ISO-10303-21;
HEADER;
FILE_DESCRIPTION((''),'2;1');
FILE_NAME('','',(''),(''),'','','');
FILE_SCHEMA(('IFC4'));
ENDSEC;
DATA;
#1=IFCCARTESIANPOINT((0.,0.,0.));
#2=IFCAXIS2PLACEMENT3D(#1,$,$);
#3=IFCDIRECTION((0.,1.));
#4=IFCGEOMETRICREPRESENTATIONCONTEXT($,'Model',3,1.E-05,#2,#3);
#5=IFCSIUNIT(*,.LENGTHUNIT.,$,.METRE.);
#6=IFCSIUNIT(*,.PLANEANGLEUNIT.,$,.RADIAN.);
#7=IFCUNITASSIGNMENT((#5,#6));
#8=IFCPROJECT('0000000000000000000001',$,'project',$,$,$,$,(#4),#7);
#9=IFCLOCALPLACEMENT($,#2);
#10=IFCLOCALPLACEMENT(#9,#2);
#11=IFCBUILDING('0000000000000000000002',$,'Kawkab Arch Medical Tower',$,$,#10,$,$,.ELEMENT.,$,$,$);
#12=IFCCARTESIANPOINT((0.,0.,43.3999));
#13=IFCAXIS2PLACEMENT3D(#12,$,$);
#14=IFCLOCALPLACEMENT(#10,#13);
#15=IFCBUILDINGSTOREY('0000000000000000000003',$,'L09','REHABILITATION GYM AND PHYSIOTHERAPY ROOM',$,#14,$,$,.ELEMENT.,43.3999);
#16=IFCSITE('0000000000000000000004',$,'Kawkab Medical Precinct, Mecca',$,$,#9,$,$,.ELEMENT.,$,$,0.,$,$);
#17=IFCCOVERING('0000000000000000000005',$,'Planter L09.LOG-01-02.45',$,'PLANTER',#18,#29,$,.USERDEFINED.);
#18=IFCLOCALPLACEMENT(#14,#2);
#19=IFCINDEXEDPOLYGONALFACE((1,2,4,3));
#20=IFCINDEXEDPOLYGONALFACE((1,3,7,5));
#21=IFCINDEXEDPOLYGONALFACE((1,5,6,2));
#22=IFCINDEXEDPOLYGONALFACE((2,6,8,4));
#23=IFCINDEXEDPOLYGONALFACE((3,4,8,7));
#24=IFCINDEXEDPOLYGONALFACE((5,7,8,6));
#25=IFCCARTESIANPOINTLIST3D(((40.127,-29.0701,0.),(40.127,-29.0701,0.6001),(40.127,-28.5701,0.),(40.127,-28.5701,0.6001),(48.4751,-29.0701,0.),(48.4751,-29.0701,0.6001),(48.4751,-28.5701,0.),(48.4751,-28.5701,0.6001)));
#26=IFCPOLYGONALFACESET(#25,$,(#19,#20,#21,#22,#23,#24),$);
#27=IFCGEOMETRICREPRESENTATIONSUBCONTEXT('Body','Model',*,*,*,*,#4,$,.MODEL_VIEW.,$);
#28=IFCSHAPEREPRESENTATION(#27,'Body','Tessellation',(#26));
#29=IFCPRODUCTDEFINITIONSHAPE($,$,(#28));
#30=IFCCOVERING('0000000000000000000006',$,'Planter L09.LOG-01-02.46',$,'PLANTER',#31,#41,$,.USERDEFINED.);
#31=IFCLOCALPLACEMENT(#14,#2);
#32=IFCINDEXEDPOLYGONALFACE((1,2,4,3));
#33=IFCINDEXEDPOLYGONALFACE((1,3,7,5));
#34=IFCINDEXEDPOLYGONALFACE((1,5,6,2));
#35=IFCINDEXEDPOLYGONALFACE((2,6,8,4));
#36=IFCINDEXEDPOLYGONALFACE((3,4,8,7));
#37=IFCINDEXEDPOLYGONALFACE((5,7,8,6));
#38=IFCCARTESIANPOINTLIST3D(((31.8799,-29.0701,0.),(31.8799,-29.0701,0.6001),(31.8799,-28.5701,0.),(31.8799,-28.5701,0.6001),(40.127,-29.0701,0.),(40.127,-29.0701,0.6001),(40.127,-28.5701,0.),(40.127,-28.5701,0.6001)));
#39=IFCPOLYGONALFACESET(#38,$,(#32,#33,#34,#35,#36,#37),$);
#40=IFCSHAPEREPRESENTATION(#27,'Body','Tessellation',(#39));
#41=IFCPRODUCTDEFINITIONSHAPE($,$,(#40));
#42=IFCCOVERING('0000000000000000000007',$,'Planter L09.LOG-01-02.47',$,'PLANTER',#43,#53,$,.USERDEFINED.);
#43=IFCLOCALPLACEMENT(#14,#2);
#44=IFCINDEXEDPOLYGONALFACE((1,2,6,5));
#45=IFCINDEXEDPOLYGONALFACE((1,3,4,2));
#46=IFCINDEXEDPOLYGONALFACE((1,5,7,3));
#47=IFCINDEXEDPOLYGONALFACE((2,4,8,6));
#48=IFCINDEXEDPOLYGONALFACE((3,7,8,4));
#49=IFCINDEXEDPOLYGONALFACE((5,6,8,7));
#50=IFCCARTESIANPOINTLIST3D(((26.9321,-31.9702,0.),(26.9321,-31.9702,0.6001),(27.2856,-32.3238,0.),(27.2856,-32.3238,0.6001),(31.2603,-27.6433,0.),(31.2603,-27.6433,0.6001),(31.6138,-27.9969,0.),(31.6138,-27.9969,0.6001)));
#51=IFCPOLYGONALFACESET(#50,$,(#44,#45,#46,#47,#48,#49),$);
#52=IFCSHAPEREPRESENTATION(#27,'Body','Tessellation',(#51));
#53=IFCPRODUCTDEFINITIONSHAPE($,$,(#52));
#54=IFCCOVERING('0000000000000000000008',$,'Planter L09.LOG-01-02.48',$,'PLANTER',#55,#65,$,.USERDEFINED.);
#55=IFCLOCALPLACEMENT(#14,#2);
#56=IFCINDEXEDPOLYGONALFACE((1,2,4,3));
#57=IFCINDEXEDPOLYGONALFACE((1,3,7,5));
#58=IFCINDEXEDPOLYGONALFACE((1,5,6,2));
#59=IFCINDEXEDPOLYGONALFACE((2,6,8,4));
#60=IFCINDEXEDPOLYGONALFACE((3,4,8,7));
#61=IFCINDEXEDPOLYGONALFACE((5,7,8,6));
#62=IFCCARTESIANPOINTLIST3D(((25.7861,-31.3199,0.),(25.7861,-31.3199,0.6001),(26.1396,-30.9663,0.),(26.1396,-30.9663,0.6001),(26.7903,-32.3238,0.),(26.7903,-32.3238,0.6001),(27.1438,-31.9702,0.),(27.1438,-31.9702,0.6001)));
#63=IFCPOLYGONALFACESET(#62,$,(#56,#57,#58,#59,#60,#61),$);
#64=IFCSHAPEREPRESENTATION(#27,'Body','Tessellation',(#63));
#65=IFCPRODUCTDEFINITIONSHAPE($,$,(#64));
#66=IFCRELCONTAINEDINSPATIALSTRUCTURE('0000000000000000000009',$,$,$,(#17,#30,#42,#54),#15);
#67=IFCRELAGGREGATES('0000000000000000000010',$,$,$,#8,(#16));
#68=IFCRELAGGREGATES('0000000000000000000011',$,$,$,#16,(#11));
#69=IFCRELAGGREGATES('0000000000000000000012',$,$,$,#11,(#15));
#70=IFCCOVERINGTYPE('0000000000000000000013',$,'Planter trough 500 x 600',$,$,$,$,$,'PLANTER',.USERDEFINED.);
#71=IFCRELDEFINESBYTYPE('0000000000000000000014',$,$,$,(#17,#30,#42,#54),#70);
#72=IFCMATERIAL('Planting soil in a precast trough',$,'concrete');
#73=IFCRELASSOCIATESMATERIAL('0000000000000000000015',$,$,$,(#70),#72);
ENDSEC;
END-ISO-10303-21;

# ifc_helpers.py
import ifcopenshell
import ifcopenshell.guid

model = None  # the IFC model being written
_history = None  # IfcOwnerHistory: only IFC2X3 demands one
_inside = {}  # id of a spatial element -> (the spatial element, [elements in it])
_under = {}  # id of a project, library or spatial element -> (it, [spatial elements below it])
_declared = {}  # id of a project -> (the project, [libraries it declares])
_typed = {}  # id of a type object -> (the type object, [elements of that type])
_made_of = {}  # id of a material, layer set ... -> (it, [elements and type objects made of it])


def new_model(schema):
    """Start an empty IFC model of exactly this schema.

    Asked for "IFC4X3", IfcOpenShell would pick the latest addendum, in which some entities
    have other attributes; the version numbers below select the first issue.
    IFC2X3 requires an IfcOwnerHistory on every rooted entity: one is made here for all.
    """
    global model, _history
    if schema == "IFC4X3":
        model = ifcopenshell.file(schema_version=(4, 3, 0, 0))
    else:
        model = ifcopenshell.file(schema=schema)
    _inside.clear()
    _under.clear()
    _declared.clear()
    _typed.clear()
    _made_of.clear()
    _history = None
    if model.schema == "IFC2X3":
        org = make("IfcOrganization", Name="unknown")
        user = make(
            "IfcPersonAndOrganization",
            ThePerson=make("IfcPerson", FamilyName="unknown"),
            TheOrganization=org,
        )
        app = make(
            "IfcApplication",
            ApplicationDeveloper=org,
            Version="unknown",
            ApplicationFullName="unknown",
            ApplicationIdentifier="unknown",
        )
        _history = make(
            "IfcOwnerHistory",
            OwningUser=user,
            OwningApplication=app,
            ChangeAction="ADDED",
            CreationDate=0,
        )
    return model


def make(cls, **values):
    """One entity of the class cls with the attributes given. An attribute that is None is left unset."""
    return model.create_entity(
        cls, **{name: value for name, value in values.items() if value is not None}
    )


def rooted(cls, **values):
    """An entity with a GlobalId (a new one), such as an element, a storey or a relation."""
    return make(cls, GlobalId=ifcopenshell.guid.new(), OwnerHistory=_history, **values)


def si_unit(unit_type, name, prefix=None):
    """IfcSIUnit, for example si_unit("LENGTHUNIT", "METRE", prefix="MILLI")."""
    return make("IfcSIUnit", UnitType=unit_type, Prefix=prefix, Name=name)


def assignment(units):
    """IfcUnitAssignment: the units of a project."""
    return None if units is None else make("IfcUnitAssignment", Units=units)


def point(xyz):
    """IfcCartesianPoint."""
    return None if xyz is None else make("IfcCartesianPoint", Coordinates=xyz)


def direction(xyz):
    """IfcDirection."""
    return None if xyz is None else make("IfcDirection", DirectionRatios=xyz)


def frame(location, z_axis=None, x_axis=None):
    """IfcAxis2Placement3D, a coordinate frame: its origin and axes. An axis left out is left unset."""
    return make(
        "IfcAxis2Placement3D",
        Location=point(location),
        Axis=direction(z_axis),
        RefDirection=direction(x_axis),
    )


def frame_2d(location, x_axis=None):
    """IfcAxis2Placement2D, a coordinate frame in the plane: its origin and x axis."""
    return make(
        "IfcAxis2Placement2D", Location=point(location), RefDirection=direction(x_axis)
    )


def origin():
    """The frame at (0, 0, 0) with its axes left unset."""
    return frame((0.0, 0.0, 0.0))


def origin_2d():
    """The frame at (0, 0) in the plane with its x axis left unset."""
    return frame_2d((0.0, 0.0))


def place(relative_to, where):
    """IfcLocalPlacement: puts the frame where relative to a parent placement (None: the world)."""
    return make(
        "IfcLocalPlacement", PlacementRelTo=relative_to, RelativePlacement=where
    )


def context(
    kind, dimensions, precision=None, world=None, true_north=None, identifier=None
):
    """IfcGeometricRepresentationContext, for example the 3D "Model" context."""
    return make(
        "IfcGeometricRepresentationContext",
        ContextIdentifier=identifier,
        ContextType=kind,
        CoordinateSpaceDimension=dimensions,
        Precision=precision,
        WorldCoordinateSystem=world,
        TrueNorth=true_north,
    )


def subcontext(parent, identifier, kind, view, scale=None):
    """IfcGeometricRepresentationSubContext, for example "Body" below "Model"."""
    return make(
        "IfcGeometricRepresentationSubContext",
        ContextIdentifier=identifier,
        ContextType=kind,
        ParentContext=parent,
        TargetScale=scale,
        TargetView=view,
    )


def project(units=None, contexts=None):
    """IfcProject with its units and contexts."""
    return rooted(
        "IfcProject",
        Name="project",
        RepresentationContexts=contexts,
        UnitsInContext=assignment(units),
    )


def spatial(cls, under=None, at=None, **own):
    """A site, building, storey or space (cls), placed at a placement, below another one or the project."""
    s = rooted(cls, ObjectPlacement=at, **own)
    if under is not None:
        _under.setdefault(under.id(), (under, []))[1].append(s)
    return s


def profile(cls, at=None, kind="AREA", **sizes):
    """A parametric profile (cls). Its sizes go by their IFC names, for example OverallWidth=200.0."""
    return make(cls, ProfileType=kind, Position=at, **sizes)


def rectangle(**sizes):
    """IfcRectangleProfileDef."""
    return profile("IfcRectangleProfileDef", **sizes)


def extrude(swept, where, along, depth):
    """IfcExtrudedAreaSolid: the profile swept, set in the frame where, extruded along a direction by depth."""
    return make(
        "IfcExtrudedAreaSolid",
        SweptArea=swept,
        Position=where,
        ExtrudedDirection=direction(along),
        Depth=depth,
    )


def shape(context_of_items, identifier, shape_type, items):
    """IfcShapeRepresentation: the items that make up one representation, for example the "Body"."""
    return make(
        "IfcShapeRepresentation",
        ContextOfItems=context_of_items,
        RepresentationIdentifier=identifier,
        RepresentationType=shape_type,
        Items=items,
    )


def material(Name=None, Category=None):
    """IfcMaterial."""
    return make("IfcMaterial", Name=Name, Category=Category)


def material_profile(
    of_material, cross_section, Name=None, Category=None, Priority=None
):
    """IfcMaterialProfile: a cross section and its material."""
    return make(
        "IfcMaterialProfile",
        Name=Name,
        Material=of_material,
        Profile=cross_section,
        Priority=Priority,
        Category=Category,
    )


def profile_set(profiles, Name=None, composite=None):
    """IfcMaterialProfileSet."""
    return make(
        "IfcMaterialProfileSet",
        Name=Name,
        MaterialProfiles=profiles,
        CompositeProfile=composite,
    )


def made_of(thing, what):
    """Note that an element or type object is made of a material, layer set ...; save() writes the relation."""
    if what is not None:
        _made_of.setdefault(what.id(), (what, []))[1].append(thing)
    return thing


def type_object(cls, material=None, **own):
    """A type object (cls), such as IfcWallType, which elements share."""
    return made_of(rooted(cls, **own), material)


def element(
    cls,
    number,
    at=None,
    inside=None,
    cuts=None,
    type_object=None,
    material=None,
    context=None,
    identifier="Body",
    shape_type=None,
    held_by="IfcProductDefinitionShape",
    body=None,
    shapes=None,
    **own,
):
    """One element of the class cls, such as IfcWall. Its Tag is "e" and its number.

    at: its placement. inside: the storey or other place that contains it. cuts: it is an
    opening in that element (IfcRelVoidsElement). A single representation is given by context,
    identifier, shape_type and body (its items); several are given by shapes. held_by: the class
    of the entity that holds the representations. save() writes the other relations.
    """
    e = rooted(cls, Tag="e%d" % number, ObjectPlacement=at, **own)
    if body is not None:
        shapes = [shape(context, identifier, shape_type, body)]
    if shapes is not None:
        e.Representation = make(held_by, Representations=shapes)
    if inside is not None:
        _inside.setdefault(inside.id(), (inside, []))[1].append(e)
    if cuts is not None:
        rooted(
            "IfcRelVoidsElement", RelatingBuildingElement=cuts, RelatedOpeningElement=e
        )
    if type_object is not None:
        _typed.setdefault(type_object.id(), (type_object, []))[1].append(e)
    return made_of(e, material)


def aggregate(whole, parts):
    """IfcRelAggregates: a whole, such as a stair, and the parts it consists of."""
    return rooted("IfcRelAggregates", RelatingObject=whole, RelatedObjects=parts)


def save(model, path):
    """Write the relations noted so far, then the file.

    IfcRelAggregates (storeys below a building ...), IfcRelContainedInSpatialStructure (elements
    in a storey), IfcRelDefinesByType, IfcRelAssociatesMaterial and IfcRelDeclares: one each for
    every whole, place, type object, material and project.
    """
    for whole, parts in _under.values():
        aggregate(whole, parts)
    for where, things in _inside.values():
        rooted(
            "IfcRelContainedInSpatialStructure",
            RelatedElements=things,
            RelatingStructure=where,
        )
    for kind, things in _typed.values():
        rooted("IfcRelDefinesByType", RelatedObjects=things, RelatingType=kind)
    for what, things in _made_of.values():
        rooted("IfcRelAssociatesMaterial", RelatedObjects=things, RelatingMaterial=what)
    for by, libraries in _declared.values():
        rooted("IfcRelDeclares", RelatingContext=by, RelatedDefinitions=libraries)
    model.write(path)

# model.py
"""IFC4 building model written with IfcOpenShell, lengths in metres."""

from ifc_helpers import new_model, si_unit, direction, frame, origin, origin_2d, place, context, subcontext, project, spatial, rectangle, extrude, material, material_profile, profile_set, type_object, element, save


model = new_model("IFC4")

# Units and contexts
model_context = context("Model", 3, precision=1e-05, world=origin(), true_north=direction((0.0, 1.0)))
body_context = subcontext(model_context, "Body", "Model", "MODEL_VIEW")
ifc_project = project(units=[si_unit("LENGTHUNIT", "METRE"), si_unit("PLANEANGLEUNIT", "RADIAN")], contexts=[model_context])

# Site, building, storey
site_placement = place(None, origin())
site = spatial("IfcSite", under=ifc_project, at=site_placement, Name="Kawkab Medical Precinct, Mecca", CompositionType="ELEMENT", RefElevation=0.0)
building_placement = place(site_placement, origin())
building = spatial("IfcBuilding", under=site, at=building_placement, Name="Kawkab Arch Medical Tower", CompositionType="ELEMENT")
storey_placement = place(building_placement, frame((0.0, 0.0, 43.3999)))
storey = spatial("IfcBuildingStorey", under=building, at=storey_placement, Name="L09", Description="REHABILITATION GYM AND PHYSIOTHERAPY ROOM", CompositionType="ELEMENT", Elevation=43.3999)

# Coverings
ifc_material_1 = material(Name="Planting soil in a precast trough", Category="concrete")
ifc_material_profile_1 = material_profile(ifc_material_1, rectangle(XDim=0.5, YDim=0.6001, at=origin_2d()), Name="Trough 500x600")
ifc_profile_set_1 = profile_set([ifc_material_profile_1], Name="Planting soil in a precast trough")
covering_type_1 = type_object("IfcCoveringType", Name="Planter trough 500 x 600", ElementType="PLANTER", PredefinedType="USERDEFINED", material=ifc_profile_set_1)
covering_1_placement = place(storey_placement, frame((48.4751, -28.8201, 0.3), z_axis=(-1.0, 0.0, 0.0), x_axis=(0.0, -1.0, 0.0)))
element("IfcCovering", 1, at=covering_1_placement, inside=storey, type_object=covering_type_1, Name="Planter L09.LOG-01-02.45", ObjectType="PLANTER", PredefinedType="USERDEFINED", context=body_context, shape_type="SweptSolid", body=[
    extrude(rectangle(XDim=0.5, YDim=0.6001, at=origin_2d()), origin(), (0.0, 0.0, 1.0), 8.3481),
])
covering_2_placement = place(storey_placement, frame((40.127, -28.8201, 0.3), z_axis=(-1.0, 0.0, 0.0), x_axis=(0.0, -1.0, 0.0)))
element("IfcCovering", 2, at=covering_2_placement, inside=storey, type_object=covering_type_1, Name="Planter L09.LOG-01-02.46", ObjectType="PLANTER", PredefinedType="USERDEFINED", context=body_context, shape_type="SweptSolid", body=[
    extrude(rectangle(XDim=0.5, YDim=0.6001, at=origin_2d()), origin(), (0.0, 0.0, 1.0), 8.2471),
])
covering_3_placement = place(storey_placement, frame((31.437, -27.8201, 0.3), z_axis=(-0.707207, -0.707007, 0.0), x_axis=(0.707007, -0.707207, 0.0)))
element("IfcCovering", 3, at=covering_3_placement, inside=storey, type_object=covering_type_1, Name="Planter L09.LOG-01-02.47", ObjectType="PLANTER", PredefinedType="USERDEFINED", context=body_context, shape_type="SweptSolid", body=[
    extrude(rectangle(XDim=0.5, YDim=0.6001, at=origin_2d()), origin(), (0.0, 0.0, 1.0), 6.1201),
])
covering_4_placement = place(storey_placement, frame((26.967, -32.147, 0.3), z_axis=(-0.707193, 0.707021, 0.0), x_axis=(-0.707021, -0.707193, 0.0)))
element("IfcCovering", 4, at=covering_4_placement, inside=storey, type_object=covering_type_1, Name="Planter L09.LOG-01-02.48", ObjectType="PLANTER", PredefinedType="USERDEFINED", context=body_context, shape_type="SweptSolid", body=[
    extrude(rectangle(XDim=0.5, YDim=0.6001, at=origin_2d()), origin(), (0.0, 0.0, 1.0), 1.4199),
])

save(model, "model.ifc")
